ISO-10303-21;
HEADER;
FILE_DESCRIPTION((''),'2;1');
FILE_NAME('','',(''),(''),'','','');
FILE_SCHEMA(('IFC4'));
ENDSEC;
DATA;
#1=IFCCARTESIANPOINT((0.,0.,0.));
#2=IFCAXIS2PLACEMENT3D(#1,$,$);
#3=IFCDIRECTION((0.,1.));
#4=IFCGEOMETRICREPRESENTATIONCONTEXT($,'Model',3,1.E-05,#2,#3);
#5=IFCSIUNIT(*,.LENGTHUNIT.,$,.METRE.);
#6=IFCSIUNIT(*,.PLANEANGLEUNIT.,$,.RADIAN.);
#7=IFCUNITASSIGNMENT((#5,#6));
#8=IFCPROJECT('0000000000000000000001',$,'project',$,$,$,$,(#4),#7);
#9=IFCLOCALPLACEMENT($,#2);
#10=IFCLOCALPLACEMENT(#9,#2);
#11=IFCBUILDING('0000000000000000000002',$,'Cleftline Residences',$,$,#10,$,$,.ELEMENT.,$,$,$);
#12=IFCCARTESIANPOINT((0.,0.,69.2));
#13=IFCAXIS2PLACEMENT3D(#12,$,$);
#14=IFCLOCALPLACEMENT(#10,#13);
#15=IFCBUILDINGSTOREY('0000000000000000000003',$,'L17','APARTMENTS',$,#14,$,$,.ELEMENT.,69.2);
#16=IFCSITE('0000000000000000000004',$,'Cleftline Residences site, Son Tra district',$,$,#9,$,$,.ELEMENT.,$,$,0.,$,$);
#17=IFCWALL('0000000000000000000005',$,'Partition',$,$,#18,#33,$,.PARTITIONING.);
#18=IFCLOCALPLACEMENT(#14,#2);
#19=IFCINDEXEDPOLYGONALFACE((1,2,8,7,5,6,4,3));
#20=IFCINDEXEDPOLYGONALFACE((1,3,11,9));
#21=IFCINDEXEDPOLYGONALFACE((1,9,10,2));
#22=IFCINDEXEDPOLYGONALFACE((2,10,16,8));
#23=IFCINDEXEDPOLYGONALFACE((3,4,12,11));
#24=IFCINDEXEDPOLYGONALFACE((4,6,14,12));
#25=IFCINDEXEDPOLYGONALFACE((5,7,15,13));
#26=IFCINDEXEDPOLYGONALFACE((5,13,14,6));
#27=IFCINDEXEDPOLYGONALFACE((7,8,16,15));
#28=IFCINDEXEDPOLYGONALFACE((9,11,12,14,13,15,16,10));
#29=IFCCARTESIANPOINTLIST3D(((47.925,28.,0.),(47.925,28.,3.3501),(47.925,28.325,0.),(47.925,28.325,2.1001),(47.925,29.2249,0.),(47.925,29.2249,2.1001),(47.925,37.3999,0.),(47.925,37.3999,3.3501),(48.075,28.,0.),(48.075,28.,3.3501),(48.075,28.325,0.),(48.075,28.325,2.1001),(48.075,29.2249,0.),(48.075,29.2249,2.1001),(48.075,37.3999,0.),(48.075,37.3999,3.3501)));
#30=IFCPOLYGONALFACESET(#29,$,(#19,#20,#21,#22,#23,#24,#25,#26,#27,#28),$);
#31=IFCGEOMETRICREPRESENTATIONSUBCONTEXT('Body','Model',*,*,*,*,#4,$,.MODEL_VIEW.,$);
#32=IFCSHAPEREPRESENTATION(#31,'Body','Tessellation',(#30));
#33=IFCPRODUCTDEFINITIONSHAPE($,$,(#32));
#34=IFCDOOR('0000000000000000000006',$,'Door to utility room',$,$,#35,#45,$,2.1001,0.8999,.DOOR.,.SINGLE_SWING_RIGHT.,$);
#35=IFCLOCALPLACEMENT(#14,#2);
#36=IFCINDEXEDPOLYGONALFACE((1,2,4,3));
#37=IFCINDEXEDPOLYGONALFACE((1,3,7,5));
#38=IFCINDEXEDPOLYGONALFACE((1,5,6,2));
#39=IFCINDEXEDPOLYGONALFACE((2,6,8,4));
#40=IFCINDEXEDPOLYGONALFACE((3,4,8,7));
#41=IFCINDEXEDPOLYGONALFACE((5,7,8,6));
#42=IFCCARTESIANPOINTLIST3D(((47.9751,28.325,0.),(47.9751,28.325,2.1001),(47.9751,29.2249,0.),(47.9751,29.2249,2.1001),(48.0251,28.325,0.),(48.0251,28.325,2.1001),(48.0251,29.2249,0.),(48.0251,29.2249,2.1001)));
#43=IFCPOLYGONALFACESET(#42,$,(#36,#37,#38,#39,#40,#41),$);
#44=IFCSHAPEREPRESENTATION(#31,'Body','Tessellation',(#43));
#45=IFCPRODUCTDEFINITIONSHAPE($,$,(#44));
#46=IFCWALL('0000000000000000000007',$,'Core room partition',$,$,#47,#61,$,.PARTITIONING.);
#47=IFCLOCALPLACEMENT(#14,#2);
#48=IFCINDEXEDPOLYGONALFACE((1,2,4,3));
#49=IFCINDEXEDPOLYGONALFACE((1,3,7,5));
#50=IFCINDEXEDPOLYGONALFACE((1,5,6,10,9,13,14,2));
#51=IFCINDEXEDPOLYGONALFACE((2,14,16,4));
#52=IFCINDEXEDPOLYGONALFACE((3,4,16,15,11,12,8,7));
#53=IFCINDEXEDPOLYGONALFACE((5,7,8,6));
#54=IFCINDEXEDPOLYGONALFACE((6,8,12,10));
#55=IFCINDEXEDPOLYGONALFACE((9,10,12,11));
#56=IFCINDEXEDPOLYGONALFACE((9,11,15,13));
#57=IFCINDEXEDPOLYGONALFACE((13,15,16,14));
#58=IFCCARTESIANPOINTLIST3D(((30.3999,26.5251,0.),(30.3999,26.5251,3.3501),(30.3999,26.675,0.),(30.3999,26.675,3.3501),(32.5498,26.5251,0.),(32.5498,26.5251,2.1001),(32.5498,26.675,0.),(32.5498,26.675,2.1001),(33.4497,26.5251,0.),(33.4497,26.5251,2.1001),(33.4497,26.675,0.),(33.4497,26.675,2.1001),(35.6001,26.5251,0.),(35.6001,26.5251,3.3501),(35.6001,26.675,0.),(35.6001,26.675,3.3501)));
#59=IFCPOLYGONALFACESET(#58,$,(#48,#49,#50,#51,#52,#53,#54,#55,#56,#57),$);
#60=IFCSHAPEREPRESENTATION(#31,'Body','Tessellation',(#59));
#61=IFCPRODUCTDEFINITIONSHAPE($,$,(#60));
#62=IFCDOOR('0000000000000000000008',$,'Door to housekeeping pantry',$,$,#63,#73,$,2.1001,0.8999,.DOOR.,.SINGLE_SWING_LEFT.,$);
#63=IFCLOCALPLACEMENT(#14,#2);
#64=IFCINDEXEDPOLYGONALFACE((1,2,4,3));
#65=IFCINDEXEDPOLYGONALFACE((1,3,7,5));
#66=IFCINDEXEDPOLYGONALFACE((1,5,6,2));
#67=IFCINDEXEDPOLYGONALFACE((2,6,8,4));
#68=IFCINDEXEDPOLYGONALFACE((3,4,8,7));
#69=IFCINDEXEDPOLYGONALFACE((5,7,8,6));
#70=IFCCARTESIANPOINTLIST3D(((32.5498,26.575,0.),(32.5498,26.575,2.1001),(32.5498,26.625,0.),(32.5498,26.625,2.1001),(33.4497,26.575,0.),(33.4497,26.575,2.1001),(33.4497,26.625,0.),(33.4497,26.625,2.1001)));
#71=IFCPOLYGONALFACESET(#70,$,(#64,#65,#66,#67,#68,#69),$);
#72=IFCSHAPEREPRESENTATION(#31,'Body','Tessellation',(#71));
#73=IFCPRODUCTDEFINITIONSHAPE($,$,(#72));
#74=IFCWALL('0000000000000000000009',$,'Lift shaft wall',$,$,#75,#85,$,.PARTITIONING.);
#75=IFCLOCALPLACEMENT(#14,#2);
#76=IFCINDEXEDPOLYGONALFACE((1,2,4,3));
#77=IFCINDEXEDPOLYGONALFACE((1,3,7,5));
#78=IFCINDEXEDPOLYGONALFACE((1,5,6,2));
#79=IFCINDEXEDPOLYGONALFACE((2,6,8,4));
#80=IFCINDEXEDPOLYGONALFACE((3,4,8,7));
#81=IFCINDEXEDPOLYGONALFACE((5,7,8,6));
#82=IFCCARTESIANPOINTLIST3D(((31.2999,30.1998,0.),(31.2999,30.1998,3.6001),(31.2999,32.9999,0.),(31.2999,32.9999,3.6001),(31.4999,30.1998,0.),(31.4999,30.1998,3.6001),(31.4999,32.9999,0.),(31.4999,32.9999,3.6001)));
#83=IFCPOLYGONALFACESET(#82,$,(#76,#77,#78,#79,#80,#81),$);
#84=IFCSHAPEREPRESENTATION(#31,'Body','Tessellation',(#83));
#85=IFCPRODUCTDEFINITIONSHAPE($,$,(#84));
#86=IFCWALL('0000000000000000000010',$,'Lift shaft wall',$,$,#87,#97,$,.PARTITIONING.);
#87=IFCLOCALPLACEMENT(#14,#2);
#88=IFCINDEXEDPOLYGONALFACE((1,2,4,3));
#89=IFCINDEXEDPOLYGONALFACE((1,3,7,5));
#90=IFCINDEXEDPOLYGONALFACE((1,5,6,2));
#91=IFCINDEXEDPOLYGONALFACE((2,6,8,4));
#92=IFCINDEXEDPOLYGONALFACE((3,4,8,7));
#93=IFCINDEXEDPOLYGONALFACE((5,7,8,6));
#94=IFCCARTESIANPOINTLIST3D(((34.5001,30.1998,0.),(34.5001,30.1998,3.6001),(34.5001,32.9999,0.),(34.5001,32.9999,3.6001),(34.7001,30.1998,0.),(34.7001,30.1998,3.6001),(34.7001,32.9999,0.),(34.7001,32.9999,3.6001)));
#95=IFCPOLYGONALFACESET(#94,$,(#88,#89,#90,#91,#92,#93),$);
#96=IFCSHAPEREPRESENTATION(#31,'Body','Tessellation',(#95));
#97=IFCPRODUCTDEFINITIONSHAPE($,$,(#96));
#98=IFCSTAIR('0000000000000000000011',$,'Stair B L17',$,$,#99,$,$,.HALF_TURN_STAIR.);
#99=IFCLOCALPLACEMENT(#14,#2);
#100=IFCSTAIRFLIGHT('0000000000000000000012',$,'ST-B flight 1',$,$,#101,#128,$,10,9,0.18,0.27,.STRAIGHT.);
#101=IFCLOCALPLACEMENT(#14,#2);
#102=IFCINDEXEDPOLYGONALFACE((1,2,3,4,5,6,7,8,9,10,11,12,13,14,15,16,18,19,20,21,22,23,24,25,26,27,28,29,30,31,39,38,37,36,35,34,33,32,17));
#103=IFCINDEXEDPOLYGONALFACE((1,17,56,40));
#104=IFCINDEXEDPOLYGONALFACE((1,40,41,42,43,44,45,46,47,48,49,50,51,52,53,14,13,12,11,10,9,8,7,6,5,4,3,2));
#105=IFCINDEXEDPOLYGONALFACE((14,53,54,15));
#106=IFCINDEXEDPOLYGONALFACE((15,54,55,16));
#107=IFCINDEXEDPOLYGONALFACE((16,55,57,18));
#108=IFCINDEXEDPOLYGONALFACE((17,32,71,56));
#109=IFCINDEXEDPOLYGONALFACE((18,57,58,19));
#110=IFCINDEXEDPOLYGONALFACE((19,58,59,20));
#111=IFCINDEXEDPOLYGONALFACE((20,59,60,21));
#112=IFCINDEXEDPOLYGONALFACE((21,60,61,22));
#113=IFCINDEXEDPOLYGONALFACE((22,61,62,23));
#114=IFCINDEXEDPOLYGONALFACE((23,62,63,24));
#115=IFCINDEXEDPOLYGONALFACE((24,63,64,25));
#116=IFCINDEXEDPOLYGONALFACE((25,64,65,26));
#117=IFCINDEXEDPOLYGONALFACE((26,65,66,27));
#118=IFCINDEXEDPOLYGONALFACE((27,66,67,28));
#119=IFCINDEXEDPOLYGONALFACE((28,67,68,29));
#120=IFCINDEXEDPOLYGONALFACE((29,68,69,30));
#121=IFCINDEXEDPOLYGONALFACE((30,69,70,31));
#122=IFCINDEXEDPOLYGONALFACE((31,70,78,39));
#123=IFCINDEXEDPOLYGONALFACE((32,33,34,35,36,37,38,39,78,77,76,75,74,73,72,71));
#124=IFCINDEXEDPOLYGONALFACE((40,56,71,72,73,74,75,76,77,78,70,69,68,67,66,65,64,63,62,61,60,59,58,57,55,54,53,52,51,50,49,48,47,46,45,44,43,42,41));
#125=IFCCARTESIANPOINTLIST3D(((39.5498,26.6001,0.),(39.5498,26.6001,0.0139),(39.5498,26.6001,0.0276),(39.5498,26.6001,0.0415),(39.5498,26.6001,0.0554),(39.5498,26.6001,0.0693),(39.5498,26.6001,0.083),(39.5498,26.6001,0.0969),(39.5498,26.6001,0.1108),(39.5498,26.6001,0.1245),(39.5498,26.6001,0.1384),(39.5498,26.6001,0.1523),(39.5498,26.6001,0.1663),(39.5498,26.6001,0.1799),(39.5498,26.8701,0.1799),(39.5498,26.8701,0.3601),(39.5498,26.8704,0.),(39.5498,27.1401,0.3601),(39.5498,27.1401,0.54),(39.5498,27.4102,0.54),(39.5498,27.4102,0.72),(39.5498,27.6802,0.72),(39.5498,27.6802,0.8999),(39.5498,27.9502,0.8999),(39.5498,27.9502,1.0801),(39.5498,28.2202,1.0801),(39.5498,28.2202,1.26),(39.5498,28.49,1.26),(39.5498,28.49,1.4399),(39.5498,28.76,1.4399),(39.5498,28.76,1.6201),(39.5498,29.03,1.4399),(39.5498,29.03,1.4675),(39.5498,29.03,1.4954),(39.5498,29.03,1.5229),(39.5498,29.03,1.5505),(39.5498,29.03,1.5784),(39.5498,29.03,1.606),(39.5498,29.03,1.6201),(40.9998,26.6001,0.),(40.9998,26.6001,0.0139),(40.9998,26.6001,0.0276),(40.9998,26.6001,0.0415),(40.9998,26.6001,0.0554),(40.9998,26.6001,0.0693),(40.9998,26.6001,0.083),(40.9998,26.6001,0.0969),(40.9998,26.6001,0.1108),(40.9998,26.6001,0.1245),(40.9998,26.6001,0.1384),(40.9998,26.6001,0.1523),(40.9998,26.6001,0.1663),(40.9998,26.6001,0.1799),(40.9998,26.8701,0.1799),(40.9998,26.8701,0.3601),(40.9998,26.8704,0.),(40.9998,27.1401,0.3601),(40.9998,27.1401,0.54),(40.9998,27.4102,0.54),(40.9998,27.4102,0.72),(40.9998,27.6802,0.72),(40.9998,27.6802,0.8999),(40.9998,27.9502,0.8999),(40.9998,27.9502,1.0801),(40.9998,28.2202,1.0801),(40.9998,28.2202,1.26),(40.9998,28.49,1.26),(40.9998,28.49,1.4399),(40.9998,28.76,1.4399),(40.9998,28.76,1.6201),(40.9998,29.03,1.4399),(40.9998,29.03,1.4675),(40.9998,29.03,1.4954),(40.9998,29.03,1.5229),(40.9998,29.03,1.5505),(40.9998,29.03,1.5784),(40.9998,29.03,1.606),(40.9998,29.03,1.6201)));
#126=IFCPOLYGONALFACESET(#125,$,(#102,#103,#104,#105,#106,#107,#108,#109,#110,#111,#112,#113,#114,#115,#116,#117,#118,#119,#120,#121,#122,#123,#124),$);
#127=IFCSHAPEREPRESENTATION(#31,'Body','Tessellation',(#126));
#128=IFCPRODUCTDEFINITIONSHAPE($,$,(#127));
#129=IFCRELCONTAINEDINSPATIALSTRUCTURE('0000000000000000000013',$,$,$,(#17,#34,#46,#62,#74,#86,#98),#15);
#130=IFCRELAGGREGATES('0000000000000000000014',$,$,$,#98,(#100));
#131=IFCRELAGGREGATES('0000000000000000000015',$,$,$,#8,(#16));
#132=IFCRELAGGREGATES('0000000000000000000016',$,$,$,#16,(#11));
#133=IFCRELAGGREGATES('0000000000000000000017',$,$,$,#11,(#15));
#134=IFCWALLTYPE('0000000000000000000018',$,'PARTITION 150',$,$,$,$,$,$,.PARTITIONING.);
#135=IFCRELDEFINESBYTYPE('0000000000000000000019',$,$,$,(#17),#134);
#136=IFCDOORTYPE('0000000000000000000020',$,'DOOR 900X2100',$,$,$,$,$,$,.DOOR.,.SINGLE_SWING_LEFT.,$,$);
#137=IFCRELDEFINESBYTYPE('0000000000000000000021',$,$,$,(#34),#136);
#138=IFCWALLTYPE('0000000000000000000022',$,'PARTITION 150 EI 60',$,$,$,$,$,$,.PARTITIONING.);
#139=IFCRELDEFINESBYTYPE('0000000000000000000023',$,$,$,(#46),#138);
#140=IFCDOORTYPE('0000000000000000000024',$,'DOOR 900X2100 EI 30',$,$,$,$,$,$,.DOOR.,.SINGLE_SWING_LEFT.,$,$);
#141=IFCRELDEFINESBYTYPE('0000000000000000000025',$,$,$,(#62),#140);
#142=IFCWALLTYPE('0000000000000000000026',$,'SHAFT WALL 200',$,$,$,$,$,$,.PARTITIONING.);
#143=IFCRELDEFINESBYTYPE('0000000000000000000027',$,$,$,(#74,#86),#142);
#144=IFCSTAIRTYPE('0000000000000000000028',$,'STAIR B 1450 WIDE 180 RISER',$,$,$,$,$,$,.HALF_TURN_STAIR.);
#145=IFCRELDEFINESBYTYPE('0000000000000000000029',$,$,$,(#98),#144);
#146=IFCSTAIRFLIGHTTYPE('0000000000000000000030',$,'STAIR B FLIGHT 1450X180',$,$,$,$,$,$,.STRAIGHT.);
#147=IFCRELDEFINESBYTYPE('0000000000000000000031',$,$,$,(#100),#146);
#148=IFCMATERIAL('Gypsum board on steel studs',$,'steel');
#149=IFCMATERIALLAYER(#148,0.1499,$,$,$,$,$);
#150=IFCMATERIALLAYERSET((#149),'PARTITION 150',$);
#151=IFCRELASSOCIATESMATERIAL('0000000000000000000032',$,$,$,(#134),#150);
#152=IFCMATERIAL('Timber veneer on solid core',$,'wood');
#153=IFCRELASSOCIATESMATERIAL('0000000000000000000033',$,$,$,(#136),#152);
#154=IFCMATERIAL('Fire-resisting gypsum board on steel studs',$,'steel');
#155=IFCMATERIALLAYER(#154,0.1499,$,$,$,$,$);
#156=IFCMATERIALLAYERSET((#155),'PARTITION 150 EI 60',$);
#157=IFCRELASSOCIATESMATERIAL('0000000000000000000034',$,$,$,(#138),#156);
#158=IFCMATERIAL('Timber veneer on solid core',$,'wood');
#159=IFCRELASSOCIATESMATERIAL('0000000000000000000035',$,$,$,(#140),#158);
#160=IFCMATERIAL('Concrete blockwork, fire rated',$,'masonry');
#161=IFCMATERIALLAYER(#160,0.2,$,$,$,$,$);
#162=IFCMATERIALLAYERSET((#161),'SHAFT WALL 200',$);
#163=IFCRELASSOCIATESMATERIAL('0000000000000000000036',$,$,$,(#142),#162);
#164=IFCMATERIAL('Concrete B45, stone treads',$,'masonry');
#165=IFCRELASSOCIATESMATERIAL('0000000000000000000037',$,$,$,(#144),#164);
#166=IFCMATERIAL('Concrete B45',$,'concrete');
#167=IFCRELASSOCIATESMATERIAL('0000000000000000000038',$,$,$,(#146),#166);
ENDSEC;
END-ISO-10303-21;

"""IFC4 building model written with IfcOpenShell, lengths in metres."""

from ifc_helpers import new_model, si_unit, direction, frame, frame_2d, origin, place, context, subcontext, project, spatial, polyline, rectangle, outline, extrude, material, layer, layer_set, type_object, element, fill, aggregate, save


model = new_model("IFC4")

# Units and contexts
model_context = context("Model", 3, precision=1e-05, world=origin(), true_north=direction((0.0, 1.0)))
body_context = subcontext(model_context, "Body", "Model", "MODEL_VIEW")
ifc_project = project(units=[si_unit("LENGTHUNIT", "METRE"), si_unit("PLANEANGLEUNIT", "RADIAN")], contexts=[model_context])

# Site, building, storey
site_placement = place(None, origin())
site = spatial("IfcSite", under=ifc_project, at=site_placement, Name="Cleftline Residences site, Son Tra district", CompositionType="ELEMENT", RefElevation=0.0)
building_placement = place(site_placement, origin())
building = spatial("IfcBuilding", under=site, at=building_placement, Name="Cleftline Residences", CompositionType="ELEMENT")
storey_placement = place(building_placement, frame((0.0, 0.0, 69.2)))
storey = spatial("IfcBuildingStorey", under=building, at=storey_placement, Name="L17", Description="APARTMENTS", CompositionType="ELEMENT", Elevation=69.2)

# Shared definitions
ifc_material_1 = material(Name="Gypsum board on steel studs", Category="steel")
ifc_layer_1 = layer(ifc_material_1, 0.1499)
ifc_layer_set_1 = layer_set([ifc_layer_1], Name="PARTITION 150")
wall_type_1 = type_object("IfcWallType", Name="PARTITION 150", PredefinedType="PARTITIONING", material=ifc_layer_set_1)
ifc_material_2 = material(Name="Timber veneer on solid core", Category="wood")
door_type_1 = type_object("IfcDoorType", Name="DOOR 900X2100", OperationType="SINGLE_SWING_LEFT", PredefinedType="DOOR", material=ifc_material_2)

# Walls, openings, doors
wall_1_placement = place(storey_placement, frame((48.0, 28.0, 0.0), z_axis=(0.0, 0.0, 1.0), x_axis=(0.0, 1.0, 0.0)))
wall_1 = element("IfcWall", 1, at=wall_1_placement, inside=storey, type_object=wall_type_1, Name="Partition", PredefinedType="PARTITIONING", context=body_context, shape_type="SweptSolid", body=[
    extrude(rectangle(XDim=9.3999, YDim=0.1499, at=frame_2d((4.7, 0.0))), origin(), (0.0, 0.0, 1.0), 3.3501),
])
opening_1_placement = place(wall_1_placement, frame((0.325, 0.0, 0.0)))
opening_1 = element("IfcOpeningElement", 2, at=opening_1_placement, cuts=wall_1, PredefinedType="OPENING", context=body_context, shape_type="SweptSolid", body=[
    extrude(rectangle(XDim=0.8999, YDim=2.1001, at=frame_2d((0.45, 1.05))), frame((0.0, 0.085, 0.0), z_axis=(0.0, -1.0, 0.0), x_axis=(1.0, 0.0, 0.0)), (0.0, 0.0, 1.0), 0.1699),
])
door_1_placement = place(opening_1_placement, origin())
door_1 = element("IfcDoor", 3, at=door_1_placement, inside=storey, type_object=door_type_1, Name="Door to utility room", OperationType="SINGLE_SWING_RIGHT", OverallHeight=2.1001, OverallWidth=0.8999, PredefinedType="DOOR", context=body_context, shape_type="SweptSolid", body=[
    extrude(rectangle(XDim=0.8999, YDim=2.1001, at=frame_2d((0.45, 1.05))), frame((0.0, 0.0249, 0.0), z_axis=(0.0, -1.0, 0.0), x_axis=(1.0, 0.0, 0.0)), (0.0, 0.0, 1.0), 0.05),
])
fill(opening_1, door_1)
ifc_material_3 = material(Name="Fire-resisting gypsum board on steel studs", Category="steel")
ifc_layer_2 = layer(ifc_material_3, 0.1499)
ifc_layer_set_2 = layer_set([ifc_layer_2], Name="PARTITION 150 EI 60")
wall_type_2 = type_object("IfcWallType", Name="PARTITION 150 EI 60", PredefinedType="PARTITIONING", material=ifc_layer_set_2)
wall_2_placement = place(storey_placement, frame((30.3999, 26.6001, 0.0), z_axis=(0.0, 0.0, 1.0), x_axis=(1.0, 0.0, 0.0)))
wall_2 = element("IfcWall", 4, at=wall_2_placement, inside=storey, type_object=wall_type_2, Name="Core room partition", PredefinedType="PARTITIONING", context=body_context, shape_type="SweptSolid", body=[
    extrude(rectangle(XDim=5.2002, YDim=0.1499, at=frame_2d((2.6001, 0.0))), origin(), (0.0, 0.0, 1.0), 3.3501),
])
opening_2_placement = place(wall_2_placement, frame((2.1499, 0.0, 0.0)))
opening_2 = element("IfcOpeningElement", 5, at=opening_2_placement, cuts=wall_2, PredefinedType="OPENING", context=body_context, shape_type="SweptSolid", body=[
    extrude(rectangle(XDim=0.8999, YDim=2.1001, at=frame_2d((0.45, 1.05))), frame((0.0, 0.085, 0.0), z_axis=(0.0, -1.0, 0.0), x_axis=(1.0, 0.0, 0.0)), (0.0, 0.0, 1.0), 0.1699),
])
ifc_material_4 = material(Name="Timber veneer on solid core", Category="wood")
door_type_2 = type_object("IfcDoorType", Name="DOOR 900X2100 EI 30", OperationType="SINGLE_SWING_LEFT", PredefinedType="DOOR", material=ifc_material_4)
door_2_placement = place(opening_2_placement, origin())
door_2 = element("IfcDoor", 6, at=door_2_placement, inside=storey, type_object=door_type_2, Name="Door to housekeeping pantry", OperationType="SINGLE_SWING_LEFT", OverallHeight=2.1001, OverallWidth=0.8999, PredefinedType="DOOR", context=body_context, shape_type="SweptSolid", body=[
    extrude(rectangle(XDim=0.8999, YDim=2.1001, at=frame_2d((0.45, 1.05))), frame((0.0, 0.0249, 0.0), z_axis=(0.0, -1.0, 0.0), x_axis=(1.0, 0.0, 0.0)), (0.0, 0.0, 1.0), 0.05),
])
fill(opening_2, door_2)

# Walls
ifc_material_5 = material(Name="Concrete blockwork, fire rated", Category="masonry")
ifc_layer_3 = layer(ifc_material_5, 0.2)
ifc_layer_set_3 = layer_set([ifc_layer_3], Name="SHAFT WALL 200")
wall_type_3 = type_object("IfcWallType", Name="SHAFT WALL 200", PredefinedType="PARTITIONING", material=ifc_layer_set_3)
for number, where, z_axis, x_axis, name in (
    (7, (31.3999, 30.2, 0.0), (0.0, 0.0, 1.0), (0.0, 1.0, 0.0), "Lift shaft wall"),
    (8, (34.6001, 30.2, 0.0), (0.0, 0.0, 1.0), (0.0, 1.0, 0.0), "Lift shaft wall"),
):
    element("IfcWall", number, at=place(storey_placement, frame(where, z_axis=z_axis, x_axis=x_axis)), inside=storey, type_object=wall_type_3, Name=name, PredefinedType="PARTITIONING", context=body_context, shape_type="SweptSolid", body=[
        extrude(rectangle(XDim=2.8, YDim=0.2, at=frame_2d((1.3999, 0.0))), origin(), (0.0, 0.0, 1.0), 3.6001),
    ])

# Stair, stair flight
ifc_material_6 = material(Name="Concrete B45, stone treads", Category="masonry")
stair_type = type_object("IfcStairType", Name="STAIR B 1450 WIDE 180 RISER", PredefinedType="HALF_TURN_STAIR", material=ifc_material_6)
stair_placement = place(storey_placement, origin())
stair = element("IfcStair", 9, at=stair_placement, inside=storey, type_object=stair_type, Name="Stair B L17", PredefinedType="HALF_TURN_STAIR")
ifc_material_7 = material(Name="Concrete B45", Category="concrete")
stair_flight_type = type_object("IfcStairFlightType", Name="STAIR B FLIGHT 1450X180", PredefinedType="STRAIGHT", material=ifc_material_7)
stair_flight_1_placement = place(storey_placement, frame((40.2749, 26.6001, 0.0), z_axis=(0.0, 0.0, 1.0), x_axis=(0.0, 1.0, 0.0)))
stair_flight_1 = element("IfcStairFlight", 10, at=stair_flight_1_placement, type_object=stair_flight_type, Name="ST-B flight 1", NumberOfRisers=10, NumberOfTreads=9, PredefinedType="STRAIGHT", RiserHeight=0.18, TreadLength=0.27, context=body_context, shape_type="SweptSolid", body=[
    extrude(outline(polyline([(0.0, 0.0), (0.0, 0.0139), (0.0, 0.0276), (0.0, 0.0415), (0.0, 0.0554), (0.0, 0.0693), (0.0, 0.083), (0.0, 0.0969), (0.0, 0.1108), (0.0, 0.1245), (0.0, 0.1384), (0.0, 0.1523), (0.0, 0.1663), (0.0, 0.1799), (0.27, 0.1799), (0.27, 0.3601), (0.54, 0.3601), (0.54, 0.54), (0.8101, 0.54), (0.8101, 0.72), (1.0801, 0.72), (1.0801, 0.8999), (1.3501, 0.8999), (1.3501, 1.0801), (1.6201, 1.0801), (1.6201, 1.26), (1.8899, 1.26), (1.8899, 1.4399), (2.1599, 1.4399), (2.1599, 1.6201), (2.4299, 1.6201), (2.4299, 1.8), (2.4299, 1.7722), (2.4299, 1.7446), (2.4299, 1.7168), (2.4299, 1.6892), (2.4299, 1.6614), (2.4299, 1.6338), (2.4299, 1.606), (2.4299, 1.5784), (2.4299, 1.5505), (2.4299, 1.5229), (2.4299, 1.4954), (2.4299, 1.4675), (2.4299, 1.4399), (0.2703, 0.0), (0.0, 0.0)])), frame((0.0, 0.7251, 0.0), z_axis=(0.0, -1.0, 0.0), x_axis=(1.0, 0.0, 0.0)), (0.0, 0.0, 1.0), 1.45),
])
aggregate(stair, [stair_flight_1])

save(model, "model.ifc")
